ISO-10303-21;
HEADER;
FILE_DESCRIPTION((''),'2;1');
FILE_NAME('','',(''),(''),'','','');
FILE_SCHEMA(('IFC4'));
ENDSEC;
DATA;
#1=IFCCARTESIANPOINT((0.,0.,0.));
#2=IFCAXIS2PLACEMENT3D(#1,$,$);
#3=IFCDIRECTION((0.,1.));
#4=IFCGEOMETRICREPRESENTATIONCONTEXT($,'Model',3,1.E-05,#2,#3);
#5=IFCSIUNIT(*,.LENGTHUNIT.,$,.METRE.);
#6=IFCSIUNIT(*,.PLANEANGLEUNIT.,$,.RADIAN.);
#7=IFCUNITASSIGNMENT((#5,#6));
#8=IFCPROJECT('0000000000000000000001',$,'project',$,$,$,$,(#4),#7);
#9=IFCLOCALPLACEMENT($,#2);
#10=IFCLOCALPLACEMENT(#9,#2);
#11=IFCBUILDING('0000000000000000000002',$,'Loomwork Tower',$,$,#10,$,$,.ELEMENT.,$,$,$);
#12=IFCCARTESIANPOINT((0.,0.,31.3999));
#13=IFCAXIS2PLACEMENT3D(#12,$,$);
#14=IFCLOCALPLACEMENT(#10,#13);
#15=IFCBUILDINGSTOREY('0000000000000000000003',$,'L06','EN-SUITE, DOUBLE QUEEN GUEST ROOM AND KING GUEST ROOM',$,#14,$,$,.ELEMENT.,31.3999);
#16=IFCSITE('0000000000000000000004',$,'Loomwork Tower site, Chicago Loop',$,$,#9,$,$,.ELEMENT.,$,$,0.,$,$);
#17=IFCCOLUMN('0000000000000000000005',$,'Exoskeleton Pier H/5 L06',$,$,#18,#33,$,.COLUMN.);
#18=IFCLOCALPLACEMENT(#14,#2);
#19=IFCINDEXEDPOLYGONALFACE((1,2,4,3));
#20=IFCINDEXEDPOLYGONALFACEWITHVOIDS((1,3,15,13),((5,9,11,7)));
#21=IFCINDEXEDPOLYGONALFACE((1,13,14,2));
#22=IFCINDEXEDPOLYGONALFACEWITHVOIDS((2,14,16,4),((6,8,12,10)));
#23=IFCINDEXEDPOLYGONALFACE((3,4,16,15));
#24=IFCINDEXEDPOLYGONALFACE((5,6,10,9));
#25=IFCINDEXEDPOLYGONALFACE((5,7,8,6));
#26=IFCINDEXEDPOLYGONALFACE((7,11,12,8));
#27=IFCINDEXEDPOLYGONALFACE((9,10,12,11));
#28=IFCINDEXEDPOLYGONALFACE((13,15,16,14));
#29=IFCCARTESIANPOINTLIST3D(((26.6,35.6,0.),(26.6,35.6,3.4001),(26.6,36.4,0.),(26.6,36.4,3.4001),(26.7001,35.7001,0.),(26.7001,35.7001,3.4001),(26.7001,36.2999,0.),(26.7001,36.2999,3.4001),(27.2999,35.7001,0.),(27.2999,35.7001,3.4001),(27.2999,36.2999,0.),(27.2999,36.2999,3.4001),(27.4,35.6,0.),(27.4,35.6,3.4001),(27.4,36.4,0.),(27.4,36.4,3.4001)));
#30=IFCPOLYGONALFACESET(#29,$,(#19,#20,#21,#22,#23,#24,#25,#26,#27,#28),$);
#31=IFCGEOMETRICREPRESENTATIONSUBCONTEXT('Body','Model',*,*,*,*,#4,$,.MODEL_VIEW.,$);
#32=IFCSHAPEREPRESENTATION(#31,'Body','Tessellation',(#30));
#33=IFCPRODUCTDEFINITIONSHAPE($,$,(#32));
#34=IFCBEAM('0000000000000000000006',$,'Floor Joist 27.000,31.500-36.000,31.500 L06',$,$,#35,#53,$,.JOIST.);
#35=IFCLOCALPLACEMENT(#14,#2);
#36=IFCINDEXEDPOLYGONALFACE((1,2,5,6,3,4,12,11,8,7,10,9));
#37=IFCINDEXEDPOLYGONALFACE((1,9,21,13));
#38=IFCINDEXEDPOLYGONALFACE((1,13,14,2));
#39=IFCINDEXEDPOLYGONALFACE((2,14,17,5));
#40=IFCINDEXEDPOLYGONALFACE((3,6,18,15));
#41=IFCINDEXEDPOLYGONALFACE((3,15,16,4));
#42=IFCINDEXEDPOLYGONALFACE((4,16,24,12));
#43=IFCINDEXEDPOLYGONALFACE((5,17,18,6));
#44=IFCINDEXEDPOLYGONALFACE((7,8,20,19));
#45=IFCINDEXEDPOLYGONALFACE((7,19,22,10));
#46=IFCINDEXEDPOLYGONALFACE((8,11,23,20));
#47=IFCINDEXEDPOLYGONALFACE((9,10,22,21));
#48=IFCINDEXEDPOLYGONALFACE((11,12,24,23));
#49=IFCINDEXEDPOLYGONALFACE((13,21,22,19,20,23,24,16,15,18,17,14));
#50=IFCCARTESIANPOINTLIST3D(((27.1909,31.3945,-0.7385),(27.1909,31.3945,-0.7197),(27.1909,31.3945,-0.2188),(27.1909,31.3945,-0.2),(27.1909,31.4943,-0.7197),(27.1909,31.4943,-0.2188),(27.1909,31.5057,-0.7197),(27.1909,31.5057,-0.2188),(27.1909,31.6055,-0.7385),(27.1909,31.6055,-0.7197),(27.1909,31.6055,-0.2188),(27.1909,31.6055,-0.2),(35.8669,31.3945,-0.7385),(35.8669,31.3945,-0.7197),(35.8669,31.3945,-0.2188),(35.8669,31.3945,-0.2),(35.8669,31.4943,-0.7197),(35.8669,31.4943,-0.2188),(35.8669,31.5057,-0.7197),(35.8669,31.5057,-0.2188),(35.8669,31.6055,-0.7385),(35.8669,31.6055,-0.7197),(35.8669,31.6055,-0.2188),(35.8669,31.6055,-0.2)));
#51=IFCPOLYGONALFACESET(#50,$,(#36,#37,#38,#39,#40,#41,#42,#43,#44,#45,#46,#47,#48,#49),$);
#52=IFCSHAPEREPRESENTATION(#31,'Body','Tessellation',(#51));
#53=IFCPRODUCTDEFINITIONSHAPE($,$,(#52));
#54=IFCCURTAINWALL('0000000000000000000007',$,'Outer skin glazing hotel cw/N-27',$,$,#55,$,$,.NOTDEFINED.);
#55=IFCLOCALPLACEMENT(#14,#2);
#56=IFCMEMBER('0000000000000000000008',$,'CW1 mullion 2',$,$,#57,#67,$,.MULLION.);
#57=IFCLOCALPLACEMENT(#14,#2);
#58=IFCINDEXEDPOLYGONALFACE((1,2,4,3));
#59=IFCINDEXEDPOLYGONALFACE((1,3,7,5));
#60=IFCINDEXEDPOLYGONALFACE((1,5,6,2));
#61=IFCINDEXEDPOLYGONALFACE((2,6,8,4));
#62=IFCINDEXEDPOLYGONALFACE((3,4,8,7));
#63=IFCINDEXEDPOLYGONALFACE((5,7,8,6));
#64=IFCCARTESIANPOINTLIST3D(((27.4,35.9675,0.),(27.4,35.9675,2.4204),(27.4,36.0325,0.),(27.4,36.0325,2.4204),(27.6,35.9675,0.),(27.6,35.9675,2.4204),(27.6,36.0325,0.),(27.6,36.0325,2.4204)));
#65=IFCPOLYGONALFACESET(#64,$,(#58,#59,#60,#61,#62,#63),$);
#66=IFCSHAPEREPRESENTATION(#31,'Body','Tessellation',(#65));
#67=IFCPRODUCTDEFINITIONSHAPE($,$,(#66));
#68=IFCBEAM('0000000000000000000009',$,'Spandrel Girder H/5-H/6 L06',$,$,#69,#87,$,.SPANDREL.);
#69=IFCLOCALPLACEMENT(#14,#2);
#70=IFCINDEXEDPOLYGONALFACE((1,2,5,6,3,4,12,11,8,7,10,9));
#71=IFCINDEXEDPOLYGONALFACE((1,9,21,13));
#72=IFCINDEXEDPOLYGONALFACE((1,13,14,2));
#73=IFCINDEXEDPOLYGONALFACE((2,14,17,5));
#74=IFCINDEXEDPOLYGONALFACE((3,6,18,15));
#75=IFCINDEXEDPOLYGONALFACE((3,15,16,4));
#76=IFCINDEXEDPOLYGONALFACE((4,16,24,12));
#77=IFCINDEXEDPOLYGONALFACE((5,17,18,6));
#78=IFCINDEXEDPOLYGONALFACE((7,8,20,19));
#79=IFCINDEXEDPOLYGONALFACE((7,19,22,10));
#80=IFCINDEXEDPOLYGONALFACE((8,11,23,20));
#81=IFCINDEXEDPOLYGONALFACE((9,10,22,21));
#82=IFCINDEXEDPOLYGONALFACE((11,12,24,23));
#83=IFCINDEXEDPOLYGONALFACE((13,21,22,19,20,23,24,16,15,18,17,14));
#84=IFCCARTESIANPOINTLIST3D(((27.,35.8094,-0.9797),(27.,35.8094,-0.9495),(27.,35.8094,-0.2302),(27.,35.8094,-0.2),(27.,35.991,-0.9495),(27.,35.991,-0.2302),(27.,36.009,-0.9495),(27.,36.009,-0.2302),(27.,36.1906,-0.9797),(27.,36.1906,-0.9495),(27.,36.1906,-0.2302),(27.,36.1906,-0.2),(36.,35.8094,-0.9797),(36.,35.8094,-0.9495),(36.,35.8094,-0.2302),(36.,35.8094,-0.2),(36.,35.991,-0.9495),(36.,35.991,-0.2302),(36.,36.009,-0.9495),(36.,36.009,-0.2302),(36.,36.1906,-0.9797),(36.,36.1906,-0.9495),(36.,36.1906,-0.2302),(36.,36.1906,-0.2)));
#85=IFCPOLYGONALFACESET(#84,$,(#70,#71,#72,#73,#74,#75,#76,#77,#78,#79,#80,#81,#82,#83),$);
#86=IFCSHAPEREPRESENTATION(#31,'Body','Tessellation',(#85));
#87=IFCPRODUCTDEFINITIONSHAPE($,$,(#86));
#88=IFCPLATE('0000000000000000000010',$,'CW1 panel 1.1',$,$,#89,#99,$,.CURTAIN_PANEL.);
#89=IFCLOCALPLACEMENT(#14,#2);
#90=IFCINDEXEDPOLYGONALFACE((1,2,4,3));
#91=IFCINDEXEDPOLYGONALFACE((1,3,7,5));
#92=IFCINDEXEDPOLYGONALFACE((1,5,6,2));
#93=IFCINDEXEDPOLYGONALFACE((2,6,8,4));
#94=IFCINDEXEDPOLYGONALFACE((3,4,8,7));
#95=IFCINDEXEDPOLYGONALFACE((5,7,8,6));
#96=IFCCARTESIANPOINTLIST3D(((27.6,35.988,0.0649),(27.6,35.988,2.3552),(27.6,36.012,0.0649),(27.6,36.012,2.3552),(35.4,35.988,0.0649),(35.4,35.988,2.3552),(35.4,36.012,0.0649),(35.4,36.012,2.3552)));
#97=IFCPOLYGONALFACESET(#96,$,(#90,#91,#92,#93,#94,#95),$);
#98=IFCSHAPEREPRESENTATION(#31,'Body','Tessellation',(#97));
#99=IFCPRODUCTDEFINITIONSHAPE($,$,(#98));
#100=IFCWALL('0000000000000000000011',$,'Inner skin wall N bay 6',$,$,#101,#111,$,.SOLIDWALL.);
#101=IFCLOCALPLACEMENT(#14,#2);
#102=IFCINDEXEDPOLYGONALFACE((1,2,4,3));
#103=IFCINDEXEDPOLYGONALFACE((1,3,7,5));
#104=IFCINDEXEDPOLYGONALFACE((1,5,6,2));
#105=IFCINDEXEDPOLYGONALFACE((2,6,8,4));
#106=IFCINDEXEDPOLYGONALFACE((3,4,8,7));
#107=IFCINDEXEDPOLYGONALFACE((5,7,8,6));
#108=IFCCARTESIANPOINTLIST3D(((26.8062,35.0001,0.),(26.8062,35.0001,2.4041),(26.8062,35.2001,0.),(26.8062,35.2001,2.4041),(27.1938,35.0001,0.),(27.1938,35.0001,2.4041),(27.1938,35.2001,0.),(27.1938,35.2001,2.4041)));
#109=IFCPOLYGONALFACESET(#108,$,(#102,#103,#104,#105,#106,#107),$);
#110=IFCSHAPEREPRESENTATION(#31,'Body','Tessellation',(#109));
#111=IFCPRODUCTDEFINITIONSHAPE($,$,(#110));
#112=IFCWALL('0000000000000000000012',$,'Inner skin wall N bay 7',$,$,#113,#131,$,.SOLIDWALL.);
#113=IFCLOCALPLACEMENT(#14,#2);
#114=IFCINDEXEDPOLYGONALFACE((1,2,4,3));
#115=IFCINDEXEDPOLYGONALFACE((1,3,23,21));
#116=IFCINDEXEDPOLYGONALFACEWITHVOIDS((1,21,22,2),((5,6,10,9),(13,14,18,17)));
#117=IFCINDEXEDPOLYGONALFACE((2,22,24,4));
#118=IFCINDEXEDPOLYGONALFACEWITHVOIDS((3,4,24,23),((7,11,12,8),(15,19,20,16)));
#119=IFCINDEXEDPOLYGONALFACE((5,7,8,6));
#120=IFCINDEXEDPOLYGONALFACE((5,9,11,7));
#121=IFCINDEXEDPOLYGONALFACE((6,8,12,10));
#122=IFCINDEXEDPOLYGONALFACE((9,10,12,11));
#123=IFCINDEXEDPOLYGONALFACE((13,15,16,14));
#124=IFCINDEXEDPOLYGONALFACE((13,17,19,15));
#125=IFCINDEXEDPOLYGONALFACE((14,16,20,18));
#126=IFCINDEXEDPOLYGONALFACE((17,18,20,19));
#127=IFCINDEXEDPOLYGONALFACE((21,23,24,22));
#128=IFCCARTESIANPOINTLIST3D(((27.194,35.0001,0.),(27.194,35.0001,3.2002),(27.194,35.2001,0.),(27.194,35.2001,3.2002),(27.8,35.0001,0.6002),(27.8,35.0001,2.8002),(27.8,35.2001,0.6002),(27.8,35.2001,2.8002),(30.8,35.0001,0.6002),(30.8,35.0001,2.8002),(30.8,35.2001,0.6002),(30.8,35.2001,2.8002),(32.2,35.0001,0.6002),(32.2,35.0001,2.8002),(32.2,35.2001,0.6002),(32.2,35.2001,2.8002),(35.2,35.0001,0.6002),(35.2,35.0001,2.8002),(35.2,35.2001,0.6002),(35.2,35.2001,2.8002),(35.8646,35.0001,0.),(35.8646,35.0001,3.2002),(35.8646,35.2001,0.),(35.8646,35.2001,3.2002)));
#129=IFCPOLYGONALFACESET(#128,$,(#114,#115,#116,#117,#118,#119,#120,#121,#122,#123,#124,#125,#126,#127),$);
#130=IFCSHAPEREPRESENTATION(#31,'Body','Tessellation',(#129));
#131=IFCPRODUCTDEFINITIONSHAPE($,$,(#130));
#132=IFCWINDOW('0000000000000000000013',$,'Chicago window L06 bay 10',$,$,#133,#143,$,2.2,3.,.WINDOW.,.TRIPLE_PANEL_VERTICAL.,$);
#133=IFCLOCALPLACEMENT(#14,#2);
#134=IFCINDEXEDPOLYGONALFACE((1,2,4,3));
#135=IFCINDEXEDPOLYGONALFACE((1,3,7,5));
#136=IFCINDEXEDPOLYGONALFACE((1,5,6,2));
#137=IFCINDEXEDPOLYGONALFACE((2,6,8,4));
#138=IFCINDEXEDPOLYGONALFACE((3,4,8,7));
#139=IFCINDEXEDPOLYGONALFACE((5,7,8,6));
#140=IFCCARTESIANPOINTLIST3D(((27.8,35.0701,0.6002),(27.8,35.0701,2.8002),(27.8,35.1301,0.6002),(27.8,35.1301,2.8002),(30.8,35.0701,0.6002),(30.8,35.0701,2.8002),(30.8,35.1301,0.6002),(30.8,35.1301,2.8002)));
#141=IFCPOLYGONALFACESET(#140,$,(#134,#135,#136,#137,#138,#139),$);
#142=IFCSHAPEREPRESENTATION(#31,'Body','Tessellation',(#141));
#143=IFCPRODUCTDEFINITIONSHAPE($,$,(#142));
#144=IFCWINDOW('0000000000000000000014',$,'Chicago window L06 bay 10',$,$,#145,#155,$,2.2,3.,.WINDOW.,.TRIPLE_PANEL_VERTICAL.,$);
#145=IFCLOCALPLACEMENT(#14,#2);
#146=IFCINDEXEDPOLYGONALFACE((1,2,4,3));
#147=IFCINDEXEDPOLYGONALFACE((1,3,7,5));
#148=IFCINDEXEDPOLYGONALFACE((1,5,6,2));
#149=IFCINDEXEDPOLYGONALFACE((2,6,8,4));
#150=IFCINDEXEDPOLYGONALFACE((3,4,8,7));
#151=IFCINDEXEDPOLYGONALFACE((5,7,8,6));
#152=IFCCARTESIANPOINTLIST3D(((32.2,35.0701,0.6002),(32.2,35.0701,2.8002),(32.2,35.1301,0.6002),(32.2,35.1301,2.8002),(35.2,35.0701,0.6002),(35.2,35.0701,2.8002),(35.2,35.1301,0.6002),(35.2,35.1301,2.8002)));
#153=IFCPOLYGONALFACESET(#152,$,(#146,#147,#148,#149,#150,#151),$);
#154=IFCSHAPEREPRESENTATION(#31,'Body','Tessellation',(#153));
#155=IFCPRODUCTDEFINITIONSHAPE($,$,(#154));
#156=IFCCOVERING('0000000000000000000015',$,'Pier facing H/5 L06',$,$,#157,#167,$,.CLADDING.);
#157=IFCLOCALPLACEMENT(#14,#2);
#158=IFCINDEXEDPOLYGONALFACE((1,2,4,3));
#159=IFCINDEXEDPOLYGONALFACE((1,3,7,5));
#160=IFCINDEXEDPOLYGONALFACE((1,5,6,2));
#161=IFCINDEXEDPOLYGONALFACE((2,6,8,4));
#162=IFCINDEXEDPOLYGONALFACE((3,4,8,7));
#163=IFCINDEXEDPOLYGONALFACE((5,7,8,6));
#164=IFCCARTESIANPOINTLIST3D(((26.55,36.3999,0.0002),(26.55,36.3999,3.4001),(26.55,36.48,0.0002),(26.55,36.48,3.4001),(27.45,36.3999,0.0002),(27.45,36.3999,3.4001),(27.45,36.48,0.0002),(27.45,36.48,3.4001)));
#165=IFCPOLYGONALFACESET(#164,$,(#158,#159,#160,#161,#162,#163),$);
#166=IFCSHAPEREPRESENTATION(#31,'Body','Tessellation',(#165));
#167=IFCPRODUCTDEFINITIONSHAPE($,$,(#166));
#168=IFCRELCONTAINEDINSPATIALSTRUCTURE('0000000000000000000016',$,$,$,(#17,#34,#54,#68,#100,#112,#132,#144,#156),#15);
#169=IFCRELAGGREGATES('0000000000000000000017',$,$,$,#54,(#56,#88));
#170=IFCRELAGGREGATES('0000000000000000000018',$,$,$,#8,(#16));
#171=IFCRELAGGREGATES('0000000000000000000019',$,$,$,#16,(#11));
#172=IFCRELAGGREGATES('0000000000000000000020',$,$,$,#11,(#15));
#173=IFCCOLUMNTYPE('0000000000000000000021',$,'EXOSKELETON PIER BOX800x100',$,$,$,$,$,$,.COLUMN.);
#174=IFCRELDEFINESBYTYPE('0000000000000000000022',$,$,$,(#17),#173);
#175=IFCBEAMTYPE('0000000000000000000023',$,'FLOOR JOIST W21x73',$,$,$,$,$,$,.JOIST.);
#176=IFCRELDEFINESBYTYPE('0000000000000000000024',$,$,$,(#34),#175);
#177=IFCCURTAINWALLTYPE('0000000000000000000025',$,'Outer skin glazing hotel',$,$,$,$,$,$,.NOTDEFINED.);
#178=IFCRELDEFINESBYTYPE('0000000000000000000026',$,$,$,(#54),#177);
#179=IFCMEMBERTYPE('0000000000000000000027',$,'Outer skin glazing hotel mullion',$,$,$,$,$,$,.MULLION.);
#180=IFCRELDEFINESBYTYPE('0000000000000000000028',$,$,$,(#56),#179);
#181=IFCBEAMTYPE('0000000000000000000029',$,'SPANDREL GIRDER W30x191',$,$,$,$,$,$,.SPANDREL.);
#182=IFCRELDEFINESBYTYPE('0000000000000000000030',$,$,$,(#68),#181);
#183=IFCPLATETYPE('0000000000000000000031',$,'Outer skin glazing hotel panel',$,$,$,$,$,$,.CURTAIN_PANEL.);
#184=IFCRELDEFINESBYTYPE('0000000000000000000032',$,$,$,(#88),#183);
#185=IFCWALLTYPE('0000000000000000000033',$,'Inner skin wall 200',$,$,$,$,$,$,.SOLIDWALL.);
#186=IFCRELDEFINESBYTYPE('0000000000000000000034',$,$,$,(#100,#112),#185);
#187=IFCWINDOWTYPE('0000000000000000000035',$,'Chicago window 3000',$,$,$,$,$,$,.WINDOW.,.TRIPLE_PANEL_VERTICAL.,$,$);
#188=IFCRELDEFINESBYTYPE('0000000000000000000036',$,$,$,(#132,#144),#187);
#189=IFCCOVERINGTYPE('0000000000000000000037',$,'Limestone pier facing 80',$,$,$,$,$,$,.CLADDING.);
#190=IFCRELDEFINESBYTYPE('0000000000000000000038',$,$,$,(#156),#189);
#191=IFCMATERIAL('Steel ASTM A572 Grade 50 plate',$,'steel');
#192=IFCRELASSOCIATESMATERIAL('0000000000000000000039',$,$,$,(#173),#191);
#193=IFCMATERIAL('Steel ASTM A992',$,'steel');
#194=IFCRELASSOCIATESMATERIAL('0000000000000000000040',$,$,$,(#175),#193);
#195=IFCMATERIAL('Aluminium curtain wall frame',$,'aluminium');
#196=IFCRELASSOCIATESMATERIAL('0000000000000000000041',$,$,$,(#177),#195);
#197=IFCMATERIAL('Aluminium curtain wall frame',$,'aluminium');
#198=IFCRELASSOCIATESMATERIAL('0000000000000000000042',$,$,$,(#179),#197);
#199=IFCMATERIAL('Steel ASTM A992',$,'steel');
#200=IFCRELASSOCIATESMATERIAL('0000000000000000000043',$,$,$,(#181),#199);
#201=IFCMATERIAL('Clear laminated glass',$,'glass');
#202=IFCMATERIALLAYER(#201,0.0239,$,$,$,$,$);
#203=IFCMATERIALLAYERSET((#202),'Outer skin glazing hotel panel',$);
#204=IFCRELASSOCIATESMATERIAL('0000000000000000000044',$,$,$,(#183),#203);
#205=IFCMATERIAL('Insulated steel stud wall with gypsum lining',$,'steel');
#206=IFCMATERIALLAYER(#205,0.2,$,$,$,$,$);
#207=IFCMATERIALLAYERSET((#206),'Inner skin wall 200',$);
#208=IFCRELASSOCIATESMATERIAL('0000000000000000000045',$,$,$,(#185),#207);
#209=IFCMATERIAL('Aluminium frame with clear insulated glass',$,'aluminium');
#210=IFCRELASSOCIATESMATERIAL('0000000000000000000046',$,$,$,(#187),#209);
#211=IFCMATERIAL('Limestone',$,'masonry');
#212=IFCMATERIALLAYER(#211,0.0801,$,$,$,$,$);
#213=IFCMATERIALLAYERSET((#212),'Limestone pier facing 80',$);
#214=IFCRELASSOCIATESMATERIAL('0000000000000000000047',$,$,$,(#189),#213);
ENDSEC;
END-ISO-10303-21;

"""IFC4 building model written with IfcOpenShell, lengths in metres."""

from ifc_helpers import new_model, si_unit, direction, frame, frame_2d, origin, origin_2d, place, context, subcontext, project, spatial, rectangle, hollow_rectangle, i_section, extrude, material, layer, layer_set, material_profile, profile_set, type_object, element, fill, aggregate, save


model = new_model("IFC4")

# Units and contexts
model_context = context("Model", 3, precision=1e-05, world=origin(), true_north=direction((0.0, 1.0)))
body_context = subcontext(model_context, "Body", "Model", "MODEL_VIEW")
ifc_project = project(units=[si_unit("LENGTHUNIT", "METRE"), si_unit("PLANEANGLEUNIT", "RADIAN")], contexts=[model_context])

# Site, building, storey
site_placement = place(None, origin())
site = spatial("IfcSite", under=ifc_project, at=site_placement, Name="Loomwork Tower site, Chicago Loop", CompositionType="ELEMENT", RefElevation=0.0)
building_placement = place(site_placement, origin())
building = spatial("IfcBuilding", under=site, at=building_placement, Name="Loomwork Tower", CompositionType="ELEMENT")
storey_placement = place(building_placement, frame((0.0, 0.0, 31.3999)))
storey = spatial("IfcBuildingStorey", under=building, at=storey_placement, Name="L06", Description="EN-SUITE, DOUBLE QUEEN GUEST ROOM AND KING GUEST ROOM", CompositionType="ELEMENT", Elevation=31.3999)

# Column
ifc_material_1 = material(Name="Steel ASTM A572 Grade 50 plate", Category="steel")
ifc_material_profile_1 = material_profile(ifc_material_1, hollow_rectangle(XDim=0.8, YDim=0.8, WallThickness=0.1001, at=origin_2d()), Name="BOX800x100")
ifc_profile_set_1 = profile_set([ifc_material_profile_1], Name="Steel ASTM A572 Grade 50 plate")
column_type = type_object("IfcColumnType", Name="EXOSKELETON PIER BOX800x100", PredefinedType="COLUMN", material=ifc_profile_set_1)
column_placement = place(storey_placement, frame((27.0, 36.0, 0.0), z_axis=(0.0, 0.0, 1.0), x_axis=(1.0, 0.0, 0.0)))
element("IfcColumn", 1, at=column_placement, inside=storey, type_object=column_type, Name="Exoskeleton Pier H/5 L06", PredefinedType="COLUMN", context=body_context, shape_type="SweptSolid", body=[
    extrude(hollow_rectangle(XDim=0.8, YDim=0.8, WallThickness=0.1001, at=origin_2d()), origin(), (0.0, 0.0, 1.0), 3.4001),
])

# Beam
ifc_material_2 = material(Name="Steel ASTM A992", Category="steel")
ifc_material_profile_2 = material_profile(ifc_material_2, i_section(OverallWidth=0.2109, OverallDepth=0.5386, WebThickness=0.0115, FlangeThickness=0.0188, at=origin_2d()), Name="W21x73")
ifc_profile_set_2 = profile_set([ifc_material_profile_2], Name="Steel ASTM A992")
beam_type_1 = type_object("IfcBeamType", Name="FLOOR JOIST W21x73", PredefinedType="JOIST", material=ifc_profile_set_2)
beam_1_placement = place(storey_placement, frame((27.1909, 31.5, -0.4692), z_axis=(1.0, 0.0, 0.0), x_axis=(0.0, 1.0, 0.0)))
element("IfcBeam", 2, at=beam_1_placement, inside=storey, type_object=beam_type_1, Name="Floor Joist 27.000,31.500-36.000,31.500 L06", PredefinedType="JOIST", context=body_context, shape_type="SweptSolid", body=[
    extrude(i_section(OverallWidth=0.2109, OverallDepth=0.5386, WebThickness=0.0115, FlangeThickness=0.0188, at=origin_2d()), origin(), (0.0, 0.0, 1.0), 8.676),
])

# Curtain wall, member
ifc_material_3 = material(Name="Aluminium curtain wall frame", Category="aluminium")
curtain_wall_type = type_object("IfcCurtainWallType", Name="Outer skin glazing hotel", PredefinedType="NOTDEFINED", material=ifc_material_3)
curtain_wall_placement = place(storey_placement, origin())
curtain_wall = element("IfcCurtainWall", 3, at=curtain_wall_placement, inside=storey, type_object=curtain_wall_type, Name="Outer skin glazing hotel cw/N-27", PredefinedType="NOTDEFINED")
ifc_material_4 = material(Name="Aluminium curtain wall frame", Category="aluminium")
ifc_material_profile_3 = material_profile(ifc_material_4, rectangle(XDim=0.0649, YDim=0.2, at=origin_2d()), Name="AL 65x200")
ifc_profile_set_3 = profile_set([ifc_material_profile_3], Name="Aluminium curtain wall frame")
member_type = type_object("IfcMemberType", Name="Outer skin glazing hotel mullion", PredefinedType="MULLION", material=ifc_profile_set_3)
member_placement = place(storey_placement, frame((27.5, 36.0, 0.0), z_axis=(0.0, 0.0, 1.0), x_axis=(0.0, -1.0, 0.0)))
member = element("IfcMember", 4, at=member_placement, type_object=member_type, Name="CW1 mullion 2", PredefinedType="MULLION", context=body_context, shape_type="SweptSolid", body=[
    extrude(rectangle(XDim=0.0649, YDim=0.2, at=origin_2d()), origin(), (0.0, 0.0, 1.0), 2.4204),
])

# Beam
ifc_material_5 = material(Name="Steel ASTM A992", Category="steel")
ifc_material_profile_4 = material_profile(ifc_material_5, i_section(OverallWidth=0.3811, OverallDepth=0.7798, WebThickness=0.0181, FlangeThickness=0.0303, at=origin_2d()), Name="W30x191")
ifc_profile_set_4 = profile_set([ifc_material_profile_4], Name="Steel ASTM A992")
beam_type_2 = type_object("IfcBeamType", Name="SPANDREL GIRDER W30x191", PredefinedType="SPANDREL", material=ifc_profile_set_4)
beam_2_placement = place(storey_placement, frame((27.0, 36.0, -0.5898), z_axis=(1.0, 0.0, 0.0), x_axis=(0.0, 1.0, 0.0)))
element("IfcBeam", 5, at=beam_2_placement, inside=storey, type_object=beam_type_2, Name="Spandrel Girder H/5-H/6 L06", PredefinedType="SPANDREL", context=body_context, shape_type="SweptSolid", body=[
    extrude(i_section(OverallWidth=0.3811, OverallDepth=0.7798, WebThickness=0.0181, FlangeThickness=0.0303, at=origin_2d()), origin(), (0.0, 0.0, 1.0), 9.0),
])

# Plate
ifc_material_6 = material(Name="Clear laminated glass", Category="glass")
ifc_layer_1 = layer(ifc_material_6, 0.0239)
ifc_layer_set_1 = layer_set([ifc_layer_1], Name="Outer skin glazing hotel panel")
plate_type = type_object("IfcPlateType", Name="Outer skin glazing hotel panel", PredefinedType="CURTAIN_PANEL", material=ifc_layer_set_1)
plate_placement = place(storey_placement, frame((31.5, 36.0, 0.0649), z_axis=(0.0, 0.0, 1.0), x_axis=(-1.0, 0.0, 0.0)))
plate = element("IfcPlate", 6, at=plate_placement, type_object=plate_type, Name="CW1 panel 1.1", PredefinedType="CURTAIN_PANEL", context=body_context, shape_type="SweptSolid", body=[
    extrude(rectangle(XDim=7.8, YDim=0.0239, at=origin_2d()), origin(), (0.0, 0.0, 1.0), 2.2903),
])
aggregate(curtain_wall, [member, plate])

# Wall
ifc_material_7 = material(Name="Insulated steel stud wall with gypsum lining", Category="steel")
ifc_layer_2 = layer(ifc_material_7, 0.2)
ifc_layer_set_2 = layer_set([ifc_layer_2], Name="Inner skin wall 200")
wall_type = type_object("IfcWallType", Name="Inner skin wall 200", PredefinedType="SOLIDWALL", material=ifc_layer_set_2)
wall_1_placement = place(storey_placement, frame((26.8062, 35.1001, 0.0), z_axis=(0.0, 0.0, 1.0), x_axis=(1.0, 0.0, 0.0)))
element("IfcWall", 7, at=wall_1_placement, inside=storey, type_object=wall_type, Name="Inner skin wall N bay 6", PredefinedType="SOLIDWALL", context=body_context, shape_type="SweptSolid", body=[
    extrude(rectangle(XDim=0.3877, YDim=0.2, at=frame_2d((0.1938, 0.0))), origin(), (0.0, 0.0, 1.0), 2.4041),
])

# Wall, openings, windows
wall_2_placement = place(storey_placement, frame((27.1938, 35.1001, 0.0), z_axis=(0.0, 0.0, 1.0), x_axis=(1.0, 0.0, 0.0)))
wall_2 = element("IfcWall", 8, at=wall_2_placement, inside=storey, type_object=wall_type, Name="Inner skin wall N bay 7", PredefinedType="SOLIDWALL", context=body_context, shape_type="SweptSolid", body=[
    extrude(rectangle(XDim=8.6707, YDim=0.2, at=frame_2d((4.3354, 0.0))), origin(), (0.0, 0.0, 1.0), 3.2002),
])
opening_1_placement = place(wall_2_placement, frame((0.6062, 0.0, 0.6001)))
opening_1 = element("IfcOpeningElement", 9, at=opening_1_placement, cuts=wall_2, PredefinedType="OPENING", context=body_context, shape_type="SweptSolid", body=[
    extrude(rectangle(XDim=3.0, YDim=2.2, at=frame_2d((1.5, 1.1001))), frame((0.0, 0.1099, 0.0), z_axis=(0.0, -1.0, 0.0), x_axis=(1.0, 0.0, 0.0)), (0.0, 0.0, 1.0), 0.22),
])
opening_2_placement = place(wall_2_placement, frame((5.0061, 0.0, 0.6001)))
opening_2 = element("IfcOpeningElement", 10, at=opening_2_placement, cuts=wall_2, PredefinedType="OPENING", context=body_context, shape_type="SweptSolid", body=[
    extrude(rectangle(XDim=3.0, YDim=2.2, at=frame_2d((1.5, 1.1001))), frame((0.0, 0.1099, 0.0), z_axis=(0.0, -1.0, 0.0), x_axis=(1.0, 0.0, 0.0)), (0.0, 0.0, 1.0), 0.22),
])
ifc_material_8 = material(Name="Aluminium frame with clear insulated glass", Category="aluminium")
window_type = type_object("IfcWindowType", Name="Chicago window 3000", PartitioningType="TRIPLE_PANEL_VERTICAL", PredefinedType="WINDOW", material=ifc_material_8)
window_1_placement = place(opening_1_placement, origin())
window_1 = element("IfcWindow", 11, at=window_1_placement, inside=storey, type_object=window_type, Name="Chicago window L06 bay 10", OverallHeight=2.2, OverallWidth=3.0, PartitioningType="TRIPLE_PANEL_VERTICAL", PredefinedType="WINDOW", context=body_context, shape_type="SweptSolid", body=[
    extrude(rectangle(XDim=3.0, YDim=2.2, at=frame_2d((1.5, 1.1001))), frame((0.0, 0.03, 0.0), z_axis=(0.0, -1.0, 0.0), x_axis=(1.0, 0.0, 0.0)), (0.0, 0.0, 1.0), 0.0601),
])
fill(opening_1, window_1)
window_2_placement = place(opening_2_placement, origin())
window_2 = element("IfcWindow", 12, at=window_2_placement, inside=storey, type_object=window_type, Name="Chicago window L06 bay 10", OverallHeight=2.2, OverallWidth=3.0, PartitioningType="TRIPLE_PANEL_VERTICAL", PredefinedType="WINDOW", context=body_context, shape_type="SweptSolid", body=[
    extrude(rectangle(XDim=3.0, YDim=2.2, at=frame_2d((1.5, 1.1001))), frame((0.0, 0.03, 0.0), z_axis=(0.0, -1.0, 0.0), x_axis=(1.0, 0.0, 0.0)), (0.0, 0.0, 1.0), 0.0601),
])
fill(opening_2, window_2)

# Covering
ifc_material_9 = material(Name="Limestone", Category="masonry")
ifc_layer_3 = layer(ifc_material_9, 0.0801)
ifc_layer_set_3 = layer_set([ifc_layer_3], Name="Limestone pier facing 80")
covering_type = type_object("IfcCoveringType", Name="Limestone pier facing 80", PredefinedType="CLADDING", material=ifc_layer_set_3)
covering_placement = place(storey_placement, frame((27.0, 36.4399, 0.0002), z_axis=(0.0, 0.0, 1.0), x_axis=(1.0, 0.0, 0.0)))
element("IfcCovering", 13, at=covering_placement, inside=storey, type_object=covering_type, Name="Pier facing H/5 L06", PredefinedType="CLADDING", context=body_context, shape_type="SweptSolid", body=[
    extrude(rectangle(XDim=0.8999, YDim=0.0801, at=origin_2d()), origin(), (0.0, 0.0, 1.0), 3.3999),
])

save(model, "model.ifc")
